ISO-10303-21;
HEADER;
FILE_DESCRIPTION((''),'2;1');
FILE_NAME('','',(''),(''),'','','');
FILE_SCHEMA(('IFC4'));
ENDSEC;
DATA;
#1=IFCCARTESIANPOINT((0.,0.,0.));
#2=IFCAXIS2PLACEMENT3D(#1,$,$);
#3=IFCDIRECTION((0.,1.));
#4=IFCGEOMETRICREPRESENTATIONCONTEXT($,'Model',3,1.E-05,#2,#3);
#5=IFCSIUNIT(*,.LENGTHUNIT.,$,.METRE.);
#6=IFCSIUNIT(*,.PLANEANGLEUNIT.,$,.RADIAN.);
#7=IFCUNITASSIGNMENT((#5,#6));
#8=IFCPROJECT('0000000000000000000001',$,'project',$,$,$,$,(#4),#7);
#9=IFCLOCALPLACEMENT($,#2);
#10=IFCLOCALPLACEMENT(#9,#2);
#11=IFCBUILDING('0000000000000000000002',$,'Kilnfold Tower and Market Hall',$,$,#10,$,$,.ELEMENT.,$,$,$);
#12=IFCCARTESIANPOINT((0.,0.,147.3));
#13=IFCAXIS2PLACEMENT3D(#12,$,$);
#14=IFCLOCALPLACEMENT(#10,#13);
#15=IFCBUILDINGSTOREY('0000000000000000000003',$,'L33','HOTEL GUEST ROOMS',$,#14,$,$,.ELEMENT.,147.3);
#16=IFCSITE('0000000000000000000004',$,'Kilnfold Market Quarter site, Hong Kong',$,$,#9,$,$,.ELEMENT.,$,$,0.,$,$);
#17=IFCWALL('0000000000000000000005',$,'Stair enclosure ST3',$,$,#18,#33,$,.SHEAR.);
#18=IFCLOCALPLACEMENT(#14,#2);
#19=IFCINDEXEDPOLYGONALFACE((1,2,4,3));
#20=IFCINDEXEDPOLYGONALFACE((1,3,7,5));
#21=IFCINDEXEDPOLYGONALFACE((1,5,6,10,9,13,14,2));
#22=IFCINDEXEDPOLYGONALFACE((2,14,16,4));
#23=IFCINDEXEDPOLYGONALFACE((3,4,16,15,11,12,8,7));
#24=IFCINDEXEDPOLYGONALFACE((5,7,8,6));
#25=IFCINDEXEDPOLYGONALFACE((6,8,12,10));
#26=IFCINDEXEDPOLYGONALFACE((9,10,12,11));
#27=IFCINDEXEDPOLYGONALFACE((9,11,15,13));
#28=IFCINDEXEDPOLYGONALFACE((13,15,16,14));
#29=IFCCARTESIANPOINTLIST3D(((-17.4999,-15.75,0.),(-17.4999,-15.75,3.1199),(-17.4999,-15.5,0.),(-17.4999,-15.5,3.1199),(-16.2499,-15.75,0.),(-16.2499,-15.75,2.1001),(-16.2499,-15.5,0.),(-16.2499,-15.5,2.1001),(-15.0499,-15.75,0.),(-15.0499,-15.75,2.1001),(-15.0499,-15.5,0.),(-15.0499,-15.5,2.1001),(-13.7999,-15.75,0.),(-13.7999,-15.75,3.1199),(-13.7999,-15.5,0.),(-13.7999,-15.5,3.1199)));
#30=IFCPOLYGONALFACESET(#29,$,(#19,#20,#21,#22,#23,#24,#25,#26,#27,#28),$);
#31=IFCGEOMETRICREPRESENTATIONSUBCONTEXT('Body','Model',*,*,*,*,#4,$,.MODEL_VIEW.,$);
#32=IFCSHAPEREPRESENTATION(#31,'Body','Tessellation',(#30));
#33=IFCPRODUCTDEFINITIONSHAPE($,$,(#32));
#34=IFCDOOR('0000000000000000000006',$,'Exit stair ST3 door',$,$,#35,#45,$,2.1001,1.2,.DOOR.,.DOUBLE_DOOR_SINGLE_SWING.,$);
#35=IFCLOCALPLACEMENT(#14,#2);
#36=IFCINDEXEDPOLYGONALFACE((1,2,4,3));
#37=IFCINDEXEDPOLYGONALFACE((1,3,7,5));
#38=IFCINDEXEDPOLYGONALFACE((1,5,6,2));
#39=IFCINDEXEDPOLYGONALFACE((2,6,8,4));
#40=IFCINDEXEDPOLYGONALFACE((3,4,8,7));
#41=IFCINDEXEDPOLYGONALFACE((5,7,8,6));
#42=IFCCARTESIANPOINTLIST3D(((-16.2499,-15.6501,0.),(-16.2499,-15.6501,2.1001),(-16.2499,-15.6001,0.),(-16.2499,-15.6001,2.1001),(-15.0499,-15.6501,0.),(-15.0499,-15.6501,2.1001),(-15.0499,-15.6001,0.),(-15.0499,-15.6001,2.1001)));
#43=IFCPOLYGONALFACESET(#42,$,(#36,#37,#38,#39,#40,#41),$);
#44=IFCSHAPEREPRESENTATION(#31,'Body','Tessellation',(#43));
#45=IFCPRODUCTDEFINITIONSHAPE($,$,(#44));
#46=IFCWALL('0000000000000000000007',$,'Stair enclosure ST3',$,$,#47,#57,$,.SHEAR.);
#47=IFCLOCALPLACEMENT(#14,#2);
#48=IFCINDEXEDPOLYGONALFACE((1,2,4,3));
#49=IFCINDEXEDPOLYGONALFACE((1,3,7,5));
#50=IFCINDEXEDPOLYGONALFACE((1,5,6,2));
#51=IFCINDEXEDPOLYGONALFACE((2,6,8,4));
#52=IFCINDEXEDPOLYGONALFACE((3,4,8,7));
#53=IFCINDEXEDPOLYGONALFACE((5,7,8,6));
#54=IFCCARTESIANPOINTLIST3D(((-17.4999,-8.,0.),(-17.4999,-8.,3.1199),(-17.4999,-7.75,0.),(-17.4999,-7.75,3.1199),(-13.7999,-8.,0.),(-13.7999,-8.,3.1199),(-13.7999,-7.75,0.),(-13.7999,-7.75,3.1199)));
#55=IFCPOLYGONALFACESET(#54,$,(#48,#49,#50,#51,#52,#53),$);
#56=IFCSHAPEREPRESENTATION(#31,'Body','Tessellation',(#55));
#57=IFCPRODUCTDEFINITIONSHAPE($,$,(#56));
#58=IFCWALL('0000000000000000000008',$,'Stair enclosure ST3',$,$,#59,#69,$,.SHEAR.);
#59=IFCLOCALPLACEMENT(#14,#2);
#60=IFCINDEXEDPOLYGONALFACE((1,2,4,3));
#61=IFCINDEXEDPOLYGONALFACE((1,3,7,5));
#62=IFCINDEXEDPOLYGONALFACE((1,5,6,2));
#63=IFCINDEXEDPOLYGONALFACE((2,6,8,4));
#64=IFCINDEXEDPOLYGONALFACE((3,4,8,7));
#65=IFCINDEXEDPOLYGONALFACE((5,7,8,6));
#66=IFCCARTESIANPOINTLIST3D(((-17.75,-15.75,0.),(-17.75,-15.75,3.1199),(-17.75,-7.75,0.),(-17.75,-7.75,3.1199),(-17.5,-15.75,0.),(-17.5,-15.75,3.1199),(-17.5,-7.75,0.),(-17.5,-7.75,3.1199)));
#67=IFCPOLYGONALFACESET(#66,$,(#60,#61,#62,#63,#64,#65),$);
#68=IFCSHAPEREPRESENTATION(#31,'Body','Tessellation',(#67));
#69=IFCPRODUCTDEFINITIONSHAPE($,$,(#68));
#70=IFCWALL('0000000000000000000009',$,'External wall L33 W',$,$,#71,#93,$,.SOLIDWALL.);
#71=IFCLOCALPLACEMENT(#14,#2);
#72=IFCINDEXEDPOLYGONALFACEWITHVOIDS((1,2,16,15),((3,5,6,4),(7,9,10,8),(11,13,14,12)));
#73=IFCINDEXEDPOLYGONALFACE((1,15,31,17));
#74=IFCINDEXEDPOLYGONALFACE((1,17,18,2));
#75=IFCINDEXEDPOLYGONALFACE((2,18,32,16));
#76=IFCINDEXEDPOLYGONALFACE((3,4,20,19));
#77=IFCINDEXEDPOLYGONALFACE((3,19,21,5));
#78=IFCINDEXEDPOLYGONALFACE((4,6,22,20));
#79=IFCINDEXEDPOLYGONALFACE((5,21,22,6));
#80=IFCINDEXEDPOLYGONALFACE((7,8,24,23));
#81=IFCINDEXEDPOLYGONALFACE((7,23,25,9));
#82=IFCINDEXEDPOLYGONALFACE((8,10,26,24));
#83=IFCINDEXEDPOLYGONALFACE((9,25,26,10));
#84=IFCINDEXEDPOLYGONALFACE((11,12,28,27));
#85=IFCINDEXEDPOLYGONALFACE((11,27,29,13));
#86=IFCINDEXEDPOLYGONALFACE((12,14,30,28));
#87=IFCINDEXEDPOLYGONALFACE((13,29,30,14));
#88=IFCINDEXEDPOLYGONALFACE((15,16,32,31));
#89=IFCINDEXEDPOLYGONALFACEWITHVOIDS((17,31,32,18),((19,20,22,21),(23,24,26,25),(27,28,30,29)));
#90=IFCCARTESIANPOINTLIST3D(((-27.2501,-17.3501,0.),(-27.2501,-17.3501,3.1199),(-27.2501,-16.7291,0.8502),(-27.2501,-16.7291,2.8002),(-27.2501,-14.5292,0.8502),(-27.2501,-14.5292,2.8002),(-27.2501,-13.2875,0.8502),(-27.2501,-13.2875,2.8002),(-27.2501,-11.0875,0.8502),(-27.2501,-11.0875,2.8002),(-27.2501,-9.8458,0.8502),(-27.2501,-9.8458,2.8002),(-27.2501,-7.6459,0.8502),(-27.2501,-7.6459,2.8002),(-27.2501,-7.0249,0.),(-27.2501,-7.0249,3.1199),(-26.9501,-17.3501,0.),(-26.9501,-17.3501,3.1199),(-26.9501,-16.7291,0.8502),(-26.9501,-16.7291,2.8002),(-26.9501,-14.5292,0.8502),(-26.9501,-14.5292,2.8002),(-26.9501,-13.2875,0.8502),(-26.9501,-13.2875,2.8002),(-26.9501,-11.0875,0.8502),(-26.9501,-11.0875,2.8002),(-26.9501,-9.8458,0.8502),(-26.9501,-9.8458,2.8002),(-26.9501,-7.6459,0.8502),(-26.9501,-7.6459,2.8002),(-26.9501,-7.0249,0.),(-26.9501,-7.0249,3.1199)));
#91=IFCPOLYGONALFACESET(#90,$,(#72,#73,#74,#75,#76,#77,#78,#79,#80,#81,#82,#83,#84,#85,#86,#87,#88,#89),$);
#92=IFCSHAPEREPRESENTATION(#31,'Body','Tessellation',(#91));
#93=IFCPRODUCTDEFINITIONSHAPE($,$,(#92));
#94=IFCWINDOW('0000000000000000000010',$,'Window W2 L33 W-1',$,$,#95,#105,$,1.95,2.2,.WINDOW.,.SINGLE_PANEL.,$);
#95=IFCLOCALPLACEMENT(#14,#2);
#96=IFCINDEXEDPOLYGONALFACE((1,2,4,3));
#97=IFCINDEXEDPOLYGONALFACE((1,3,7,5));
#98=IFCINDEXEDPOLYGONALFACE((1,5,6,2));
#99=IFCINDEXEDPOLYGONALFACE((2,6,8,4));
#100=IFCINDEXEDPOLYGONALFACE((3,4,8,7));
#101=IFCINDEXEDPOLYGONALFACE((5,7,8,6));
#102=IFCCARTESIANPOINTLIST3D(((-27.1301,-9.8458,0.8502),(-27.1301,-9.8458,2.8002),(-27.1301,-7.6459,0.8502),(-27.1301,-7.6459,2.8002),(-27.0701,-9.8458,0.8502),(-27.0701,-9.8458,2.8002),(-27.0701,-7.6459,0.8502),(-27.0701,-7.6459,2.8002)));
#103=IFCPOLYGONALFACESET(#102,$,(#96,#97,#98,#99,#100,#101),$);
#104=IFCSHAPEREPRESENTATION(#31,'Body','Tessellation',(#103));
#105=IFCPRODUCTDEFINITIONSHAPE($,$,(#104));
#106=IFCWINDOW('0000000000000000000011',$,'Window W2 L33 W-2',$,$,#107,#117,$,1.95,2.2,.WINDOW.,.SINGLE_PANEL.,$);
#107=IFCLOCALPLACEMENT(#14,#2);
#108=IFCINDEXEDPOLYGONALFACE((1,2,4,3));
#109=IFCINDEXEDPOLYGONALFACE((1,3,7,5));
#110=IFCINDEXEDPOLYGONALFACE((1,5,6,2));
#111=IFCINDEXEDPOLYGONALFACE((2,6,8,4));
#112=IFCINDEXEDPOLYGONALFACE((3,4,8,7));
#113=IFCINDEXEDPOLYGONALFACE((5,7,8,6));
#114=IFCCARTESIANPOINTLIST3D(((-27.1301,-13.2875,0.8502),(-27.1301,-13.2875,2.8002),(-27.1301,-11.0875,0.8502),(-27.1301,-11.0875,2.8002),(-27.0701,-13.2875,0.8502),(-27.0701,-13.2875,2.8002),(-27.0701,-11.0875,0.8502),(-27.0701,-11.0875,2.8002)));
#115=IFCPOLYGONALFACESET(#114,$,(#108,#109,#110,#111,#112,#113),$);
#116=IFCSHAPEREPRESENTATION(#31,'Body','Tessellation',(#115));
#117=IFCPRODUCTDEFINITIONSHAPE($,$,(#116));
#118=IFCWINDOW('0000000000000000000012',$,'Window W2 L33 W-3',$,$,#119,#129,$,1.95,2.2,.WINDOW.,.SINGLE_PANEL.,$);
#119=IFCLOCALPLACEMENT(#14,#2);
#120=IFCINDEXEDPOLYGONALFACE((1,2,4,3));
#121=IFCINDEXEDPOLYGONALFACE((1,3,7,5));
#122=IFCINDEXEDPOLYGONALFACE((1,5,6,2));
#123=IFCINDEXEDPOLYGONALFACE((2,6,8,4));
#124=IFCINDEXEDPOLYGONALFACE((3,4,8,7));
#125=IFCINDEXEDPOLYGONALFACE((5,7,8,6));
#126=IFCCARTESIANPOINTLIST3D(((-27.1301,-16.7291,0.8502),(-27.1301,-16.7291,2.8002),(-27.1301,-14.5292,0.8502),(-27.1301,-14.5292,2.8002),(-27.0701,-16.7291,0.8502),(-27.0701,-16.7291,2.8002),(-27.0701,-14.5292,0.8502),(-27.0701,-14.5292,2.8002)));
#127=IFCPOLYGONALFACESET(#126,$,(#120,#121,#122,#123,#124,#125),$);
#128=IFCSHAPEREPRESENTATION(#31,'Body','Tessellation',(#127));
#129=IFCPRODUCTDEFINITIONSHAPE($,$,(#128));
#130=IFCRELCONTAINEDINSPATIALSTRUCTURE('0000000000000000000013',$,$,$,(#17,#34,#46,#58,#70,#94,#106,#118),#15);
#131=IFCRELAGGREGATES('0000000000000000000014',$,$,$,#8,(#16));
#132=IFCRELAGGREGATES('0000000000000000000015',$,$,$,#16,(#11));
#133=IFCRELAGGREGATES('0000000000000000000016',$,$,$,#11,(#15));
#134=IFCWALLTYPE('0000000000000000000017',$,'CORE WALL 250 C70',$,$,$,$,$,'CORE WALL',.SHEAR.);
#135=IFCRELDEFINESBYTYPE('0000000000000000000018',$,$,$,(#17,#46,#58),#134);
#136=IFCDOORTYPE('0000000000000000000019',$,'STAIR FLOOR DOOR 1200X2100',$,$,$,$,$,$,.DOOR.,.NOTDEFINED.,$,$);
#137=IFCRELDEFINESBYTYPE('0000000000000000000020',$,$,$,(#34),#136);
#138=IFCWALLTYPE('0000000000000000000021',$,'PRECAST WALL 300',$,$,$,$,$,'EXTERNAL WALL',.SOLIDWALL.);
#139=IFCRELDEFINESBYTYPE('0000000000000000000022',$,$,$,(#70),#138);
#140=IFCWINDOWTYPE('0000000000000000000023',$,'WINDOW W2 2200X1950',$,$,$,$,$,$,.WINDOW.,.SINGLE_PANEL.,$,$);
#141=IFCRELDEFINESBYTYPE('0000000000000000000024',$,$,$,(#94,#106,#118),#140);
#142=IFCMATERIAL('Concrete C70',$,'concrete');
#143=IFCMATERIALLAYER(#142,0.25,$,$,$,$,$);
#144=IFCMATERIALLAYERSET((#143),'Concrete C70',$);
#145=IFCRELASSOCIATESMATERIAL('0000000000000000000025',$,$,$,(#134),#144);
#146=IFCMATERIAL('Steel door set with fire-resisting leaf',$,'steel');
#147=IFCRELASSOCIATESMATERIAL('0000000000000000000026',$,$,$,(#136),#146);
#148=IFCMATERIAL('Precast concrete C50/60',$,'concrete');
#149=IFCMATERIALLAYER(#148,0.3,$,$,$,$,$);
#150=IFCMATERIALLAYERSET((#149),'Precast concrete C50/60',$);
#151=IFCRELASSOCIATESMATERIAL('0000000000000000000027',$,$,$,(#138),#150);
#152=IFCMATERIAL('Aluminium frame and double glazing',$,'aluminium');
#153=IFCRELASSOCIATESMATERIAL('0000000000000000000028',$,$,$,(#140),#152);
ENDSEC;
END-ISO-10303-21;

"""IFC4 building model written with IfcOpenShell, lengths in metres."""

from ifc_helpers import new_model, si_unit, direction, frame, frame_2d, origin, place, context, subcontext, project, spatial, rectangle, extrude, source, transform, mapped, material, layer, layer_set, type_object, element, fill, save


model = new_model("IFC4")

# Units and contexts
model_context = context("Model", 3, precision=1e-05, world=origin(), true_north=direction((0.0, 1.0)))
body_context = subcontext(model_context, "Body", "Model", "MODEL_VIEW")
ifc_project = project(units=[si_unit("LENGTHUNIT", "METRE"), si_unit("PLANEANGLEUNIT", "RADIAN")], contexts=[model_context])

# Site, building, storey
site_placement = place(None, origin())
site = spatial("IfcSite", under=ifc_project, at=site_placement, Name="Kilnfold Market Quarter site, Hong Kong", CompositionType="ELEMENT", RefElevation=0.0)
building_placement = place(site_placement, origin())
building = spatial("IfcBuilding", under=site, at=building_placement, Name="Kilnfold Tower and Market Hall", CompositionType="ELEMENT")
storey_placement = place(building_placement, frame((0.0, 0.0, 147.3)))
storey = spatial("IfcBuildingStorey", under=building, at=storey_placement, Name="L33", Description="HOTEL GUEST ROOMS", CompositionType="ELEMENT", Elevation=147.3)

# Wall, opening, door
ifc_material_1 = material(Name="Concrete C70", Category="concrete")
ifc_layer_1 = layer(ifc_material_1, 0.25)
ifc_layer_set_1 = layer_set([ifc_layer_1], Name="Concrete C70")
wall_type_1 = type_object("IfcWallType", Name="CORE WALL 250 C70", ElementType="CORE WALL", PredefinedType="SHEAR", material=ifc_layer_set_1)
shared_shape_1 = source(origin(), body_context, "Body", "SweptSolid", [
    extrude(rectangle(XDim=3.7, YDim=0.25, at=frame_2d((1.8501, 0.0))), origin(), (0.0, 0.0, 1.0), 3.1199),
])
wall_1_placement = place(storey_placement, frame((-17.5, -15.625, 0.0), z_axis=(0.0, 0.0, 1.0), x_axis=(1.0, 0.0, 0.0)))
wall_1 = element("IfcWall", 1, at=wall_1_placement, inside=storey, type_object=wall_type_1, Name="Stair enclosure ST3", PredefinedType="SHEAR", context=body_context, shape_type="MappedRepresentation", body=[
    mapped(shared_shape_1, transform((0.0, 0.0, 0.0))),
])
opening_1_placement = place(wall_1_placement, frame((1.25, 0.0, 0.0)))
opening_1 = element("IfcOpeningElement", 2, at=opening_1_placement, cuts=wall_1, PredefinedType="OPENING", context=body_context, shape_type="SweptSolid", body=[
    extrude(rectangle(XDim=1.2, YDim=2.1001, at=frame_2d((0.6001, 1.05))), frame((0.0, 0.135, 0.0), z_axis=(0.0, -1.0, 0.0), x_axis=(1.0, 0.0, 0.0)), (0.0, 0.0, 1.0), 0.27),
])
ifc_material_2 = material(Name="Steel door set with fire-resisting leaf", Category="steel")
door_type_1 = type_object("IfcDoorType", Name="STAIR FLOOR DOOR 1200X2100", OperationType="NOTDEFINED", PredefinedType="DOOR", material=ifc_material_2)
door_1_placement = place(opening_1_placement, origin())
door_1 = element("IfcDoor", 3, at=door_1_placement, inside=storey, type_object=door_type_1, Name="Exit stair ST3 door", OperationType="DOUBLE_DOOR_SINGLE_SWING", OverallHeight=2.1001, OverallWidth=1.2, PredefinedType="DOOR", context=body_context, shape_type="SweptSolid", body=[
    extrude(rectangle(XDim=1.2, YDim=2.1001, at=frame_2d((0.6001, 1.05))), frame((0.0, 0.0249, 0.0), z_axis=(0.0, -1.0, 0.0), x_axis=(1.0, 0.0, 0.0)), (0.0, 0.0, 1.0), 0.05),
])
fill(opening_1, door_1)

# Walls
wall_2_placement = place(storey_placement, frame((-17.5, -7.875, 0.0), z_axis=(0.0, 0.0, 1.0), x_axis=(1.0, 0.0, 0.0)))
element("IfcWall", 4, at=wall_2_placement, inside=storey, type_object=wall_type_1, Name="Stair enclosure ST3", PredefinedType="SHEAR", context=body_context, shape_type="MappedRepresentation", body=[
    mapped(shared_shape_1, transform((0.0, 0.0, 0.0))),
])
shared_shape_2 = source(origin(), body_context, "Body", "SweptSolid", [
    extrude(rectangle(XDim=8.0, YDim=0.25, at=frame_2d((4.0, 0.0))), origin(), (0.0, 0.0, 1.0), 3.1199),
])
wall_3_placement = place(storey_placement, frame((-17.625, -15.75, 0.0), z_axis=(0.0, 0.0, 1.0), x_axis=(0.0, 1.0, 0.0)))
element("IfcWall", 5, at=wall_3_placement, inside=storey, type_object=wall_type_1, Name="Stair enclosure ST3", PredefinedType="SHEAR", context=body_context, shape_type="MappedRepresentation", body=[
    mapped(shared_shape_2, transform((0.0, 0.0, 0.0))),
])

# Wall, openings, windows
ifc_material_3 = material(Name="Precast concrete C50/60", Category="concrete")
ifc_layer_2 = layer(ifc_material_3, 0.3)
ifc_layer_set_2 = layer_set([ifc_layer_2], Name="Precast concrete C50/60")
wall_type_2 = type_object("IfcWallType", Name="PRECAST WALL 300", ElementType="EXTERNAL WALL", PredefinedType="SOLIDWALL", material=ifc_layer_set_2)
shared_shape_3 = source(origin(), body_context, "Body", "SweptSolid", [
    extrude(rectangle(XDim=10.3252, YDim=0.3, at=frame_2d((5.1626, 0.0))), origin(), (0.0, 0.0, 1.0), 3.1199),
])
wall_4_placement = place(storey_placement, frame((-27.1001, -7.0249, 0.0), z_axis=(0.0, 0.0, 1.0), x_axis=(0.0, -1.0, 0.0)))
wall_4 = element("IfcWall", 6, at=wall_4_placement, inside=storey, type_object=wall_type_2, Name="External wall L33 W", PredefinedType="SOLIDWALL", context=body_context, shape_type="MappedRepresentation", body=[
    mapped(shared_shape_3, transform((0.0, 0.0, 0.0))),
])
opening_2_placement = place(wall_4_placement, frame((0.6208, 0.0, 0.8501)))
opening_2 = element("IfcOpeningElement", 7, at=opening_2_placement, cuts=wall_4, PredefinedType="OPENING", context=body_context, shape_type="SweptSolid", body=[
    extrude(rectangle(XDim=2.2, YDim=1.95, at=frame_2d((1.1001, 0.9751))), frame((0.0, 0.1602, 0.0), z_axis=(0.0, -1.0, 0.0), x_axis=(1.0, 0.0, 0.0)), (0.0, 0.0, 1.0), 0.3201),
])
opening_3_placement = place(wall_4_placement, frame((4.0625, 0.0, 0.8501)))
opening_3 = element("IfcOpeningElement", 8, at=opening_3_placement, cuts=wall_4, PredefinedType="OPENING", context=body_context, shape_type="SweptSolid", body=[
    extrude(rectangle(XDim=2.2, YDim=1.95, at=frame_2d((1.1001, 0.9751))), frame((0.0, 0.1602, 0.0), z_axis=(0.0, -1.0, 0.0), x_axis=(1.0, 0.0, 0.0)), (0.0, 0.0, 1.0), 0.3201),
])
opening_4_placement = place(wall_4_placement, frame((7.5042, 0.0, 0.8501)))
opening_4 = element("IfcOpeningElement", 9, at=opening_4_placement, cuts=wall_4, PredefinedType="OPENING", context=body_context, shape_type="SweptSolid", body=[
    extrude(rectangle(XDim=2.2, YDim=1.95, at=frame_2d((1.1001, 0.9751))), frame((0.0, 0.1602, 0.0), z_axis=(0.0, -1.0, 0.0), x_axis=(1.0, 0.0, 0.0)), (0.0, 0.0, 1.0), 0.3201),
])
ifc_material_4 = material(Name="Aluminium frame and double glazing", Category="aluminium")
window_type = type_object("IfcWindowType", Name="WINDOW W2 2200X1950", PartitioningType="SINGLE_PANEL", PredefinedType="WINDOW", material=ifc_material_4)
window_1_placement = place(opening_2_placement, origin())
window_1 = element("IfcWindow", 10, at=window_1_placement, inside=storey, type_object=window_type, Name="Window W2 L33 W-1", OverallHeight=1.95, OverallWidth=2.2, PartitioningType="SINGLE_PANEL", PredefinedType="WINDOW", context=body_context, shape_type="SweptSolid", body=[
    extrude(rectangle(XDim=2.2, YDim=1.95, at=frame_2d((1.1001, 0.9751))), frame((0.0, 0.03, 0.0), z_axis=(0.0, -1.0, 0.0), x_axis=(1.0, 0.0, 0.0)), (0.0, 0.0, 1.0), 0.0601),
])
fill(opening_2, window_1)
window_2_placement = place(opening_3_placement, origin())
window_2 = element("IfcWindow", 11, at=window_2_placement, inside=storey, type_object=window_type, Name="Window W2 L33 W-2", OverallHeight=1.95, OverallWidth=2.2, PartitioningType="SINGLE_PANEL", PredefinedType="WINDOW", context=body_context, shape_type="SweptSolid", body=[
    extrude(rectangle(XDim=2.2, YDim=1.95, at=frame_2d((1.1001, 0.9751))), frame((0.0, 0.03, 0.0), z_axis=(0.0, -1.0, 0.0), x_axis=(1.0, 0.0, 0.0)), (0.0, 0.0, 1.0), 0.0601),
])
fill(opening_3, window_2)
window_3_placement = place(opening_4_placement, origin())
window_3 = element("IfcWindow", 12, at=window_3_placement, inside=storey, type_object=window_type, Name="Window W2 L33 W-3", OverallHeight=1.95, OverallWidth=2.2, PartitioningType="SINGLE_PANEL", PredefinedType="WINDOW", context=body_context, shape_type="SweptSolid", body=[
    extrude(rectangle(XDim=2.2, YDim=1.95, at=frame_2d((1.1001, 0.9751))), frame((0.0, 0.03, 0.0), z_axis=(0.0, -1.0, 0.0), x_axis=(1.0, 0.0, 0.0)), (0.0, 0.0, 1.0), 0.0601),
])
fill(opening_4, window_3)

save(model, "model.ifc")
